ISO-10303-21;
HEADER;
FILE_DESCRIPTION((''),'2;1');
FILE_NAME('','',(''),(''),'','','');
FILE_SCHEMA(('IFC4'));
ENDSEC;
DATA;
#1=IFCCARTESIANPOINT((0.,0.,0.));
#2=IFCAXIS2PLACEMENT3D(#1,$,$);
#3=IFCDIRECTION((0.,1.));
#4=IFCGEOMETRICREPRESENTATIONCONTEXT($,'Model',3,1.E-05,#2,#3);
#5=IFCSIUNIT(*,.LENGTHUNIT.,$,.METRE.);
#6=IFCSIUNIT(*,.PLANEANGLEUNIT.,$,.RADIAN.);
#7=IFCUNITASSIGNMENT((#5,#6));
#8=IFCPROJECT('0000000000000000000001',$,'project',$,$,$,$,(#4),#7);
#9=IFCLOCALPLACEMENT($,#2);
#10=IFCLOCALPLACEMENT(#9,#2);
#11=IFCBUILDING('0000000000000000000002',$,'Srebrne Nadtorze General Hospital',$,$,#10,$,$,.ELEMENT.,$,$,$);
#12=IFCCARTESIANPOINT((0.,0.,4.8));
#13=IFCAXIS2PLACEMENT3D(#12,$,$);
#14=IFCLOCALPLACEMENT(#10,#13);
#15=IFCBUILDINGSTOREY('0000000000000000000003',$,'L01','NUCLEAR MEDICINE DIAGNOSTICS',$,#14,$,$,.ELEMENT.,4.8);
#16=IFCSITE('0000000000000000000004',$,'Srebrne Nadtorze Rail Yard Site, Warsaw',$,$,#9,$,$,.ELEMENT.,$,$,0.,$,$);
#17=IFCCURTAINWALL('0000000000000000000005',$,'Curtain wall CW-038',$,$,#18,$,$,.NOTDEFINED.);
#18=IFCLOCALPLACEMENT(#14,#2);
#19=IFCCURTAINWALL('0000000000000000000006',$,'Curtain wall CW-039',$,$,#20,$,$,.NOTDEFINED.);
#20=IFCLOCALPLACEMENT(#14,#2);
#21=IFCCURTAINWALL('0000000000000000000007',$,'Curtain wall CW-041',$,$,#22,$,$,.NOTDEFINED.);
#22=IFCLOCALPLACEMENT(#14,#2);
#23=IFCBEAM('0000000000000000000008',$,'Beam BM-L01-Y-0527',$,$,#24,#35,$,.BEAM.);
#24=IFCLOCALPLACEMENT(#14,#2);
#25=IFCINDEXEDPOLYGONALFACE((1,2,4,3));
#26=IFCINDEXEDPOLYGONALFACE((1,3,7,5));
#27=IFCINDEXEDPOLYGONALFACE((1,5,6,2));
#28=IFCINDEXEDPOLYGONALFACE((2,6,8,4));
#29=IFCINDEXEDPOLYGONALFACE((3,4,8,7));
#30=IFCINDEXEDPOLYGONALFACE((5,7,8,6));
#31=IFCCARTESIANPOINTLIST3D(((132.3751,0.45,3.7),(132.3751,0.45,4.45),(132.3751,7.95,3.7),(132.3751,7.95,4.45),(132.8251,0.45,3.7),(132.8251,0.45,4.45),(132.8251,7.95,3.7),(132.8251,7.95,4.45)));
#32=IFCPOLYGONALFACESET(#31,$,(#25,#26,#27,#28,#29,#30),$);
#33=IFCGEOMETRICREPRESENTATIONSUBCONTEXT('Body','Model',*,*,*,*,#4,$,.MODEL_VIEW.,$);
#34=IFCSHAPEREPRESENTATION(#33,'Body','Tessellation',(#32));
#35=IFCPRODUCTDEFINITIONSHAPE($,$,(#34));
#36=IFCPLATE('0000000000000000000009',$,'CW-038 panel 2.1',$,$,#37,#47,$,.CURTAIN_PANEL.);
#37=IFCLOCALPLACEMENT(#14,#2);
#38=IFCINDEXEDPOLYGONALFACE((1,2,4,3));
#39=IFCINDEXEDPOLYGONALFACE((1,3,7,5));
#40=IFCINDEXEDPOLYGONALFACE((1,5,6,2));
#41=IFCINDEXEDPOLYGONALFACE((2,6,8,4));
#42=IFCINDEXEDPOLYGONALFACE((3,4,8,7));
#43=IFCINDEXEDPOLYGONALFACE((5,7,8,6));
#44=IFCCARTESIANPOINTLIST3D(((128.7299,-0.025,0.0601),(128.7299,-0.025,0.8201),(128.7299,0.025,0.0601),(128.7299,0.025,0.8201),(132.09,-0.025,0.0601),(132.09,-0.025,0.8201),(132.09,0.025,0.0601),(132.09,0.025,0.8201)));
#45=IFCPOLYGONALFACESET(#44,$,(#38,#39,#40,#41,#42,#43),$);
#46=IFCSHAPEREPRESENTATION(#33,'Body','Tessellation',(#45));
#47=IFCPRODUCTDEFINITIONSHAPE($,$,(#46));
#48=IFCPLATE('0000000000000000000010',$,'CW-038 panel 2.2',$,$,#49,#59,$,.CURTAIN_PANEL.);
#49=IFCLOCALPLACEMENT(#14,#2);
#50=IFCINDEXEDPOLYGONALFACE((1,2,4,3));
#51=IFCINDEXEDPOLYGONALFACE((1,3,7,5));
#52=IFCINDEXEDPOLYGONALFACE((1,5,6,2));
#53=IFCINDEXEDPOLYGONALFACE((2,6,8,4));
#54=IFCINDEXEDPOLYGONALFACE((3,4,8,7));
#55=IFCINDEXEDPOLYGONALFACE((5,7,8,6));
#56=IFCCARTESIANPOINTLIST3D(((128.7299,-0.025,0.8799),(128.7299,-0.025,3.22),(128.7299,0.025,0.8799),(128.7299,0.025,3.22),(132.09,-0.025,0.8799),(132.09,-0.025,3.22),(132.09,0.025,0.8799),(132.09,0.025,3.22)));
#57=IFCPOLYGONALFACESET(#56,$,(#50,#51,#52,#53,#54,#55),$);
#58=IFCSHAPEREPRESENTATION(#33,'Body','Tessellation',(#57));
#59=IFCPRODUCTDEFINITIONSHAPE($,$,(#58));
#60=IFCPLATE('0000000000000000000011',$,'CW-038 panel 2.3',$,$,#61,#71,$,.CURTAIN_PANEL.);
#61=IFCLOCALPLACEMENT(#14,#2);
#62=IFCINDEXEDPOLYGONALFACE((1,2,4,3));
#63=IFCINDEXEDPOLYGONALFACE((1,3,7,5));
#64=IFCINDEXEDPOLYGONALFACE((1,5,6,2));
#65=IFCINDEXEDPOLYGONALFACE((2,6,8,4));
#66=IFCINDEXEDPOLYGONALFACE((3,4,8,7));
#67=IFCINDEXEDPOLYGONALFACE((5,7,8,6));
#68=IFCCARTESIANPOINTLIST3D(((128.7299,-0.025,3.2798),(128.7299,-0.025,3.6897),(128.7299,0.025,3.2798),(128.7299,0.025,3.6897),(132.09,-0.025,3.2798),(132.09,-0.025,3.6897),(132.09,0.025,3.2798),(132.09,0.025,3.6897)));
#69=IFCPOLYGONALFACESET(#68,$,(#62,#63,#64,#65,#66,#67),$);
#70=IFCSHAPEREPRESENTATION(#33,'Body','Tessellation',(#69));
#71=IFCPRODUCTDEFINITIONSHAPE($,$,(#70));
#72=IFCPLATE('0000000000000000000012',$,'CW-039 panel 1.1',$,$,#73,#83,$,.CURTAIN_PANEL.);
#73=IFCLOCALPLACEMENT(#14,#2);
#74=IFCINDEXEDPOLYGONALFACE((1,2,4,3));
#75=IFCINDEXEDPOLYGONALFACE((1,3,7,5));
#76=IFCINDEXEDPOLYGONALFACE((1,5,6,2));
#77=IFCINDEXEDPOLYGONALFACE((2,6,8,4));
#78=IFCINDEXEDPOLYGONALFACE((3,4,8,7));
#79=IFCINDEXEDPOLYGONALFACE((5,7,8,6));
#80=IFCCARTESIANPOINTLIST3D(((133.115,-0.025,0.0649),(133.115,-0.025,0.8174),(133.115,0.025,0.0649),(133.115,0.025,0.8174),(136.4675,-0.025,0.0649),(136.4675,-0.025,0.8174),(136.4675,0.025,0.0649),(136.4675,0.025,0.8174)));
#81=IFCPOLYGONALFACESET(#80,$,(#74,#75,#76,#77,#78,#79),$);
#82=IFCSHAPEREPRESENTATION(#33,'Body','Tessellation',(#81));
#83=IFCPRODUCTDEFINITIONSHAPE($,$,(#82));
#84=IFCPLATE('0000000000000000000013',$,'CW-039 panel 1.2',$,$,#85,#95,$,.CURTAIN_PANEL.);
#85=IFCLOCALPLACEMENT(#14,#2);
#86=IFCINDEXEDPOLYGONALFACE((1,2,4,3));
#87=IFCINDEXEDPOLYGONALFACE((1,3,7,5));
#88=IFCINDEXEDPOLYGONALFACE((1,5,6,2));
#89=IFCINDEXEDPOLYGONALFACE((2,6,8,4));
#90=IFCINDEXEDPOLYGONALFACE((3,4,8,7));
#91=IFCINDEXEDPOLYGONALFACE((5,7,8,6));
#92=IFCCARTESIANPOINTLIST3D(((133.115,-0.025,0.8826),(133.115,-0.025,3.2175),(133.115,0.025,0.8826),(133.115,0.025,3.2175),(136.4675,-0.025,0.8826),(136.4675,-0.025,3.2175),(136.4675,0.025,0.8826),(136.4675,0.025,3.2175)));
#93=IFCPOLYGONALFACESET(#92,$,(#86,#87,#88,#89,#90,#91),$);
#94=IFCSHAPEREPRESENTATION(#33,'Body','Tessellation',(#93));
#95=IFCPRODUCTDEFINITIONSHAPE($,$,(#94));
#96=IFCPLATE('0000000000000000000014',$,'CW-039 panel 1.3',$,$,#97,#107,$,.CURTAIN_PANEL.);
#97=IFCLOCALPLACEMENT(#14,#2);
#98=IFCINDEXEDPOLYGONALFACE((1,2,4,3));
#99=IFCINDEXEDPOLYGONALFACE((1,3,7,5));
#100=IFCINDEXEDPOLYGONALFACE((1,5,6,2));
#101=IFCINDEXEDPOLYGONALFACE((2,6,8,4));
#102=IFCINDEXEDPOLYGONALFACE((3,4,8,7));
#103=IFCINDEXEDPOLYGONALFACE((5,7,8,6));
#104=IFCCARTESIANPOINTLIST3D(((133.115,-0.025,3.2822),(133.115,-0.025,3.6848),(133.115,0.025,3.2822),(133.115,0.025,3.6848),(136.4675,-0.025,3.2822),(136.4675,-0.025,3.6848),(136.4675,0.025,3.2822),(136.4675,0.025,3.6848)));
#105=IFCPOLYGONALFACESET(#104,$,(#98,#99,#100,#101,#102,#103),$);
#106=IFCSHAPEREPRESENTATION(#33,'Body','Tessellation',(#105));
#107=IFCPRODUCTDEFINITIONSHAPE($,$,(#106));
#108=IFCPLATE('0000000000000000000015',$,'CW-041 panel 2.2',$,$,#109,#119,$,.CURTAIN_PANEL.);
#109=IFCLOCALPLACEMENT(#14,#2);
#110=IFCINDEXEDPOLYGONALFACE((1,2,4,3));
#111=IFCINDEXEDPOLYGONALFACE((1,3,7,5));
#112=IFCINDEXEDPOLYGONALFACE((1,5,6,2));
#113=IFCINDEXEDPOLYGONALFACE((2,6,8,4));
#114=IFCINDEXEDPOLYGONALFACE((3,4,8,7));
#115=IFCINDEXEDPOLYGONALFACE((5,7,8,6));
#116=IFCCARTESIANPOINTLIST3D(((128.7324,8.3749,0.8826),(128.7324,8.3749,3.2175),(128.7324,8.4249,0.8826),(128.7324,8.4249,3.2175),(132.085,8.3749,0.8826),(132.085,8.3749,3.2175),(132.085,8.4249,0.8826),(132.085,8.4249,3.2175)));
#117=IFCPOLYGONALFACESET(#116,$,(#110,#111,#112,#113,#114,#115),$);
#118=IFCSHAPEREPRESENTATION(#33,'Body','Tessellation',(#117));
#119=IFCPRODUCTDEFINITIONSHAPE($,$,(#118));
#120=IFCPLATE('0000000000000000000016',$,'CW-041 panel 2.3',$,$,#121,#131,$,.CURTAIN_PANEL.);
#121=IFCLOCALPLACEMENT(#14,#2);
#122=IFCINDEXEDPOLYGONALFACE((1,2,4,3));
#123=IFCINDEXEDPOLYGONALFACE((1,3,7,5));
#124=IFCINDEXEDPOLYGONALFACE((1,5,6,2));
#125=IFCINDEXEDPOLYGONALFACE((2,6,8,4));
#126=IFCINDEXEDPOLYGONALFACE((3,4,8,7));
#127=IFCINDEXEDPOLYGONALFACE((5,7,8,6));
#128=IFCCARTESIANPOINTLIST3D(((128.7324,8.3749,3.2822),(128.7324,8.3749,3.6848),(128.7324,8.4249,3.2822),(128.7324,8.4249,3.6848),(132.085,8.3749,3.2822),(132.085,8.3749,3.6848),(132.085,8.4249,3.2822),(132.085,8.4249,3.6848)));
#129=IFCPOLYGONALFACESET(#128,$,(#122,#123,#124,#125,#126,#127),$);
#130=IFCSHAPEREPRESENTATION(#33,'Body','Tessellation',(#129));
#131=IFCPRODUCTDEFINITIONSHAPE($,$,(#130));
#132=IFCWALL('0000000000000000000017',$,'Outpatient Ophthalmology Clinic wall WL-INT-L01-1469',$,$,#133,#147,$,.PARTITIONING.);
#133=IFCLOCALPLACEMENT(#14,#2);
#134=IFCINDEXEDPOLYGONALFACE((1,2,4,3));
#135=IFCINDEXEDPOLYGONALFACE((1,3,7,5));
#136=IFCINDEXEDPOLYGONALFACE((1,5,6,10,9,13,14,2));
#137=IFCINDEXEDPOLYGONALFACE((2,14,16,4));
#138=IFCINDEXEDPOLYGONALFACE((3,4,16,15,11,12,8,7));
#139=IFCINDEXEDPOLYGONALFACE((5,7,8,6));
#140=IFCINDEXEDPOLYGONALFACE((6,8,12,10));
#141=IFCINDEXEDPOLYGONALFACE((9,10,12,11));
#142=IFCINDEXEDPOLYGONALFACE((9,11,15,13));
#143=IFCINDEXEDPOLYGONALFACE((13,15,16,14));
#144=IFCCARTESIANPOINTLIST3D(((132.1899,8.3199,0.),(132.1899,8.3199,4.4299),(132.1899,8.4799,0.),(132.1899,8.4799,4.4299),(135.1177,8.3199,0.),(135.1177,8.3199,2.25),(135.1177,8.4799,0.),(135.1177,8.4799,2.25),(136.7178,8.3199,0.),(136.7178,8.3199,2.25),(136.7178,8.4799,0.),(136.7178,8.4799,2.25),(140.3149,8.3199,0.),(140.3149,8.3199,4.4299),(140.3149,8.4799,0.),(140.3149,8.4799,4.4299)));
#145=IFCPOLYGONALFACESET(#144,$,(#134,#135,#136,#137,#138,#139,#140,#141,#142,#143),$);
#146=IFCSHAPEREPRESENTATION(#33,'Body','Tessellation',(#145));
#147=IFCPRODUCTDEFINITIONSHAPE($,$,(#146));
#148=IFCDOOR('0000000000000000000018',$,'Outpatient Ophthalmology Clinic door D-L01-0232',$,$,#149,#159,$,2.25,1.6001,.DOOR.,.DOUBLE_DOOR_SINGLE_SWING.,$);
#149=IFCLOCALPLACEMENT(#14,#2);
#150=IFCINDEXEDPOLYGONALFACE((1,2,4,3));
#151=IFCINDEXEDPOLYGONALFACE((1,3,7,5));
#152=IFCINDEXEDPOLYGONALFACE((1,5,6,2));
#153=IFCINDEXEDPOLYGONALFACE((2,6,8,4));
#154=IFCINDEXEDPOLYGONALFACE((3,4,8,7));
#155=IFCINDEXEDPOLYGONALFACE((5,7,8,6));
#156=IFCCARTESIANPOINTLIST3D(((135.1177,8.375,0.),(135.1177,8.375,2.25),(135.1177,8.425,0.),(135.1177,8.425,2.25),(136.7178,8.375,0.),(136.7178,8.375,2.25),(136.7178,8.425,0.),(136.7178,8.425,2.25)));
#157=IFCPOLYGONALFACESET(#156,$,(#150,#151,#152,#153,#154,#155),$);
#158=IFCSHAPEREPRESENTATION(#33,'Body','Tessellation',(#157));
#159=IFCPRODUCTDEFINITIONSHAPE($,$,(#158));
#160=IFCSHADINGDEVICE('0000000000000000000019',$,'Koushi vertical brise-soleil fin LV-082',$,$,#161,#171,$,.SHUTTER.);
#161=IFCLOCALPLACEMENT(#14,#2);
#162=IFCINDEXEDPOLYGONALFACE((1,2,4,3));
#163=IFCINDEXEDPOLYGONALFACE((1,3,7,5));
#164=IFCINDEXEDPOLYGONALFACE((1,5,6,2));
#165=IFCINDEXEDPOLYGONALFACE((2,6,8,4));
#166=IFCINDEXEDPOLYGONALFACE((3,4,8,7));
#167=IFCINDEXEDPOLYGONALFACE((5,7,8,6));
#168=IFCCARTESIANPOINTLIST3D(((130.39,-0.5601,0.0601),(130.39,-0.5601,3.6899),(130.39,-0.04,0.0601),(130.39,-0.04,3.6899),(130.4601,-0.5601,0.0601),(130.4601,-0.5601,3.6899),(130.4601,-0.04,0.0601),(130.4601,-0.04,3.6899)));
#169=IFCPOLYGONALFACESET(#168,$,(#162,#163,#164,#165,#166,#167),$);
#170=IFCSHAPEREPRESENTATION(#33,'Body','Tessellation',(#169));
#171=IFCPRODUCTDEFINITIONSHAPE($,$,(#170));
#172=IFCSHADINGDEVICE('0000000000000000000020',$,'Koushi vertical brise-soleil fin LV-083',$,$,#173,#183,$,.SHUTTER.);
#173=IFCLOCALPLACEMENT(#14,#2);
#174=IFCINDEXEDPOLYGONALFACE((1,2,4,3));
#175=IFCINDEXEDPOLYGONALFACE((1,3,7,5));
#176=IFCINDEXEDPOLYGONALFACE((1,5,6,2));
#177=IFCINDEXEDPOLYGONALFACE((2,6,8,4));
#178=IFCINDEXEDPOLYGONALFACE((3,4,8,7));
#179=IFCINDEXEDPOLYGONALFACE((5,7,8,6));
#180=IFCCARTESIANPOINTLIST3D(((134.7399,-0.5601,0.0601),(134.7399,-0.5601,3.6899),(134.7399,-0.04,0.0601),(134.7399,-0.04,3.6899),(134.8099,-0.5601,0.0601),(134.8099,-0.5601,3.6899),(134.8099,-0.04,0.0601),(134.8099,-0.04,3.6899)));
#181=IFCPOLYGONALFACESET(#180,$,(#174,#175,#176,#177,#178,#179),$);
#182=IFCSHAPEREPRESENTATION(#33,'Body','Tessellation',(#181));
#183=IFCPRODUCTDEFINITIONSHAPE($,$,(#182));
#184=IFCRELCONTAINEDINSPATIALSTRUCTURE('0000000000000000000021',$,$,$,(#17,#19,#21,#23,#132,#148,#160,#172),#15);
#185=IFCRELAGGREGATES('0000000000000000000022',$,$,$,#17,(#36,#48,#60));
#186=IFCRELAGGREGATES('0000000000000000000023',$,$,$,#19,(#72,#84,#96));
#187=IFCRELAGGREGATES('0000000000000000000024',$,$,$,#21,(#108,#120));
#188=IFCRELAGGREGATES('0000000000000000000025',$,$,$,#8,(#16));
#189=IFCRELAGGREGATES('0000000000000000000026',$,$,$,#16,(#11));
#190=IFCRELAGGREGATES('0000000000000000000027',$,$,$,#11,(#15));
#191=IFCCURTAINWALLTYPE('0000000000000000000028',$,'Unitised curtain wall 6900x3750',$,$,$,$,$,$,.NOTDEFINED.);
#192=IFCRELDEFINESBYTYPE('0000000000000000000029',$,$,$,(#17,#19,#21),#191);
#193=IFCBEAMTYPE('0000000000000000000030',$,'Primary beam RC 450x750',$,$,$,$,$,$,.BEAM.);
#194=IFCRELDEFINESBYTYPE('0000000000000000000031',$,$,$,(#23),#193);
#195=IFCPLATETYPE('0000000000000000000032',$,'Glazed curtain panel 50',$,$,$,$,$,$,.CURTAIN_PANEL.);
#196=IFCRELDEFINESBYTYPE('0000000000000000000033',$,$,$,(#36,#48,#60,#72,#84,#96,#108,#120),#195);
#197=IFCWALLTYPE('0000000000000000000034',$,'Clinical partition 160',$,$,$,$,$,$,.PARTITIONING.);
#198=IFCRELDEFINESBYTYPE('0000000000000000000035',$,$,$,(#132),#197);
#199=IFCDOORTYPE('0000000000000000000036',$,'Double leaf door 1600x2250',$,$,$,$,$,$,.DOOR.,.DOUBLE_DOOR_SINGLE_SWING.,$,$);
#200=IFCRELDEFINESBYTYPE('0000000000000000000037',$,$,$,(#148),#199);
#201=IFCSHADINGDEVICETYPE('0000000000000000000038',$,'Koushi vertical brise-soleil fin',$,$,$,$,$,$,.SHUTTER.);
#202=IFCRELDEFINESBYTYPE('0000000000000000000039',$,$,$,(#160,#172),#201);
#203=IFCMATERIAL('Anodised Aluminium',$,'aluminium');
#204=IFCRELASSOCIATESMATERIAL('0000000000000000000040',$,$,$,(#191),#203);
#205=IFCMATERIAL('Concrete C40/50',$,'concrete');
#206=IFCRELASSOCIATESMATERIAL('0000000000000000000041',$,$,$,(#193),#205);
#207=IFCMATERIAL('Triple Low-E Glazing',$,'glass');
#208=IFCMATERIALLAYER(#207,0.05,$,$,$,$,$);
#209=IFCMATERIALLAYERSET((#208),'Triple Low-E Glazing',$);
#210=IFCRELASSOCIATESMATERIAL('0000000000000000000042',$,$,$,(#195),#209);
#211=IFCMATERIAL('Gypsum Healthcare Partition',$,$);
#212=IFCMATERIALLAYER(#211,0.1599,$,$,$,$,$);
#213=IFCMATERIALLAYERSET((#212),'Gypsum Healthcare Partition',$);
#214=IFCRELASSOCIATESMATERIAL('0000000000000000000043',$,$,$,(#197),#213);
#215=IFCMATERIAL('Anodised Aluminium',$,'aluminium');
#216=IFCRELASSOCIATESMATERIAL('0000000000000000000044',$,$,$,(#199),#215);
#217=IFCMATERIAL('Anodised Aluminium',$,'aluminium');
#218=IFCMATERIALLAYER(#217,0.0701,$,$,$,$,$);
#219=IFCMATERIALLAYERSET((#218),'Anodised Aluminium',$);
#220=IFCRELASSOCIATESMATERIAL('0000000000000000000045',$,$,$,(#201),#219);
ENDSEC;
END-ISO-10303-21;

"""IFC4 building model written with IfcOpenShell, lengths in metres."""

from ifc_helpers import new_model, si_unit, direction, frame, frame_2d, origin, origin_2d, place, context, subcontext, project, spatial, rectangle, extrude, material, layer, layer_set, material_profile, profile_set, type_object, element, fill, aggregate, save


model = new_model("IFC4")

# Units and contexts
model_context = context("Model", 3, precision=1e-05, world=origin(), true_north=direction((0.0, 1.0)))
body_context = subcontext(model_context, "Body", "Model", "MODEL_VIEW")
ifc_project = project(units=[si_unit("LENGTHUNIT", "METRE"), si_unit("PLANEANGLEUNIT", "RADIAN")], contexts=[model_context])

# Site, building, storey
site_placement = place(None, origin())
site = spatial("IfcSite", under=ifc_project, at=site_placement, Name="Srebrne Nadtorze Rail Yard Site, Warsaw", CompositionType="ELEMENT", RefElevation=0.0)
building_placement = place(site_placement, origin())
building = spatial("IfcBuilding", under=site, at=building_placement, Name="Srebrne Nadtorze General Hospital", CompositionType="ELEMENT")
storey_placement = place(building_placement, frame((0.0, 0.0, 4.8)))
storey = spatial("IfcBuildingStorey", under=building, at=storey_placement, Name="L01", Description="NUCLEAR MEDICINE DIAGNOSTICS", CompositionType="ELEMENT", Elevation=4.8)

# Curtain walls
ifc_material_1 = material(Name="Anodised Aluminium", Category="aluminium")
curtain_wall_type = type_object("IfcCurtainWallType", Name="Unitised curtain wall 6900x3750", PredefinedType="NOTDEFINED", material=ifc_material_1)
curtain_wall_1_placement = place(storey_placement, origin())
curtain_wall_1 = element("IfcCurtainWall", 1, at=curtain_wall_1_placement, inside=storey, type_object=curtain_wall_type, Name="Curtain wall CW-038", PredefinedType="NOTDEFINED")
curtain_wall_2_placement = place(storey_placement, origin())
curtain_wall_2 = element("IfcCurtainWall", 2, at=curtain_wall_2_placement, inside=storey, type_object=curtain_wall_type, Name="Curtain wall CW-039", PredefinedType="NOTDEFINED")
curtain_wall_3_placement = place(storey_placement, origin())
curtain_wall_3 = element("IfcCurtainWall", 3, at=curtain_wall_3_placement, inside=storey, type_object=curtain_wall_type, Name="Curtain wall CW-041", PredefinedType="NOTDEFINED")

# Beam
ifc_material_2 = material(Name="Concrete C40/50", Category="concrete")
ifc_material_profile_1 = material_profile(ifc_material_2, rectangle(XDim=0.45, YDim=0.75, at=origin_2d()), Name="RC-BM-450x750")
ifc_profile_set_1 = profile_set([ifc_material_profile_1], Name="Concrete C40/50")
beam_type_1 = type_object("IfcBeamType", Name="Primary beam RC 450x750", PredefinedType="BEAM", material=ifc_profile_set_1)
beam_1_placement = place(storey_placement, frame((132.6001, 0.45, 4.075), z_axis=(0.0, 1.0, 0.0), x_axis=(-1.0, 0.0, 0.0)))
element("IfcBeam", 4, at=beam_1_placement, inside=storey, type_object=beam_type_1, Name="Beam BM-L01-Y-0527", PredefinedType="BEAM", context=body_context, shape_type="SweptSolid", body=[
    extrude(rectangle(XDim=0.45, YDim=0.75, at=origin_2d()), origin(), (0.0, 0.0, 1.0), 7.5),
])

# Plates
ifc_material_3 = material(Name="Triple Low-E Glazing", Category="glass")
ifc_layer_1 = layer(ifc_material_3, 0.05)
ifc_layer_set_1 = layer_set([ifc_layer_1], Name="Triple Low-E Glazing")
plate_type = type_object("IfcPlateType", Name="Glazed curtain panel 50", PredefinedType="CURTAIN_PANEL", material=ifc_layer_set_1)
plate_1_placement = place(storey_placement, frame((130.4099, 0.0, 0.0601), z_axis=(0.0, 0.0, 1.0), x_axis=(1.0, 0.0, 0.0)))
plate_1 = element("IfcPlate", 5, at=plate_1_placement, type_object=plate_type, Name="CW-038 panel 2.1", PredefinedType="CURTAIN_PANEL", context=body_context, shape_type="SweptSolid", body=[
    extrude(rectangle(XDim=3.3601, YDim=0.05, at=origin_2d()), origin(), (0.0, 0.0, 1.0), 0.76),
])
plate_2_placement = place(storey_placement, frame((130.4099, 0.0, 0.8799), z_axis=(0.0, 0.0, 1.0), x_axis=(1.0, 0.0, 0.0)))
plate_2 = element("IfcPlate", 6, at=plate_2_placement, type_object=plate_type, Name="CW-038 panel 2.2", PredefinedType="CURTAIN_PANEL", context=body_context, shape_type="SweptSolid", body=[
    extrude(rectangle(XDim=3.3601, YDim=0.05, at=origin_2d()), origin(), (0.0, 0.0, 1.0), 2.3401),
])
plate_3_placement = place(storey_placement, frame((130.4099, 0.0, 3.2798), z_axis=(0.0, 0.0, 1.0), x_axis=(1.0, 0.0, 0.0)))
plate_3 = element("IfcPlate", 7, at=plate_3_placement, type_object=plate_type, Name="CW-038 panel 2.3", PredefinedType="CURTAIN_PANEL", context=body_context, shape_type="SweptSolid", body=[
    extrude(rectangle(XDim=3.3601, YDim=0.05, at=origin_2d()), origin(), (0.0, 0.0, 1.0), 0.4099),
])
aggregate(curtain_wall_1, [plate_1, plate_2, plate_3])
plate_4_placement = place(storey_placement, frame((134.7913, 0.0, 0.0649), z_axis=(0.0, 0.0, 1.0), x_axis=(1.0, 0.0, 0.0)))
plate_4 = element("IfcPlate", 8, at=plate_4_placement, type_object=plate_type, Name="CW-039 panel 1.1", PredefinedType="CURTAIN_PANEL", context=body_context, shape_type="SweptSolid", body=[
    extrude(rectangle(XDim=3.3525, YDim=0.05, at=origin_2d()), origin(), (0.0, 0.0, 1.0), 0.7524),
])
plate_5_placement = place(storey_placement, frame((134.7913, 0.0, 0.8826), z_axis=(0.0, 0.0, 1.0), x_axis=(1.0, 0.0, 0.0)))
plate_5 = element("IfcPlate", 9, at=plate_5_placement, type_object=plate_type, Name="CW-039 panel 1.2", PredefinedType="CURTAIN_PANEL", context=body_context, shape_type="SweptSolid", body=[
    extrude(rectangle(XDim=3.3525, YDim=0.05, at=origin_2d()), origin(), (0.0, 0.0, 1.0), 2.335),
])
plate_6_placement = place(storey_placement, frame((134.7913, 0.0, 3.2822), z_axis=(0.0, 0.0, 1.0), x_axis=(1.0, 0.0, 0.0)))
plate_6 = element("IfcPlate", 10, at=plate_6_placement, type_object=plate_type, Name="CW-039 panel 1.3", PredefinedType="CURTAIN_PANEL", context=body_context, shape_type="SweptSolid", body=[
    extrude(rectangle(XDim=3.3525, YDim=0.05, at=origin_2d()), origin(), (0.0, 0.0, 1.0), 0.4026),
])
aggregate(curtain_wall_2, [plate_4, plate_5, plate_6])
plate_7_placement = place(storey_placement, frame((130.4087, 8.3999, 0.8826), z_axis=(0.0, 0.0, 1.0), x_axis=(1.0, 0.0, 0.0)))
plate_7 = element("IfcPlate", 11, at=plate_7_placement, type_object=plate_type, Name="CW-041 panel 2.2", PredefinedType="CURTAIN_PANEL", context=body_context, shape_type="SweptSolid", body=[
    extrude(rectangle(XDim=3.3525, YDim=0.05, at=origin_2d()), origin(), (0.0, 0.0, 1.0), 2.335),
])
plate_8_placement = place(storey_placement, frame((130.4087, 8.3999, 3.2822), z_axis=(0.0, 0.0, 1.0), x_axis=(1.0, 0.0, 0.0)))
plate_8 = element("IfcPlate", 12, at=plate_8_placement, type_object=plate_type, Name="CW-041 panel 2.3", PredefinedType="CURTAIN_PANEL", context=body_context, shape_type="SweptSolid", body=[
    extrude(rectangle(XDim=3.3525, YDim=0.05, at=origin_2d()), origin(), (0.0, 0.0, 1.0), 0.4026),
])
aggregate(curtain_wall_3, [plate_7, plate_8])

# Wall, opening, door
ifc_material_4 = material(Name="Gypsum Healthcare Partition")
ifc_layer_2 = layer(ifc_material_4, 0.1599)
ifc_layer_set_2 = layer_set([ifc_layer_2], Name="Gypsum Healthcare Partition")
wall_type = type_object("IfcWallType", Name="Clinical partition 160", PredefinedType="PARTITIONING", material=ifc_layer_set_2)
wall_1_placement = place(storey_placement, frame((132.1899, 8.3999, 0.0), z_axis=(0.0, 0.0, 1.0), x_axis=(1.0, 0.0, 0.0)))
wall_1 = element("IfcWall", 13, at=wall_1_placement, inside=storey, type_object=wall_type, Name="Outpatient Ophthalmology Clinic wall WL-INT-L01-1469", PredefinedType="PARTITIONING", context=body_context, shape_type="SweptSolid", body=[
    extrude(rectangle(XDim=8.125, YDim=0.1599, at=frame_2d((4.0625, 0.0))), origin(), (0.0, 0.0, 1.0), 4.4299),
])
opening_placement = place(wall_1_placement, frame((2.9277, 0.0, 0.0)))
opening = element("IfcOpeningElement", 14, at=opening_placement, cuts=wall_1, PredefinedType="OPENING", context=body_context, shape_type="SweptSolid", body=[
    extrude(rectangle(XDim=1.6001, YDim=2.25, at=frame_2d((0.8, 1.125))), frame((0.0, 0.0918, 0.0), z_axis=(0.0, -1.0, 0.0), x_axis=(1.0, 0.0, 0.0)), (0.0, 0.0, 1.0), 0.1838),
])
ifc_material_5 = material(Name="Anodised Aluminium", Category="aluminium")
door_type = type_object("IfcDoorType", Name="Double leaf door 1600x2250", OperationType="DOUBLE_DOOR_SINGLE_SWING", PredefinedType="DOOR", material=ifc_material_5)
door_placement = place(opening_placement, frame((1.6001, 0.0, 0.0), z_axis=(0.0, 0.0, 1.0), x_axis=(-1.0, 0.0, 0.0)))
door = element("IfcDoor", 15, at=door_placement, inside=storey, type_object=door_type, Name="Outpatient Ophthalmology Clinic door D-L01-0232", OperationType="DOUBLE_DOOR_SINGLE_SWING", OverallHeight=2.25, OverallWidth=1.6001, PredefinedType="DOOR", context=body_context, shape_type="SweptSolid", body=[
    extrude(rectangle(XDim=1.6001, YDim=2.25, at=frame_2d((0.8, 1.125))), frame((0.0, 0.0249, 0.0), z_axis=(0.0, -1.0, 0.0), x_axis=(1.0, 0.0, 0.0)), (0.0, 0.0, 1.0), 0.05),
])
fill(opening, door)

# Shading devices
ifc_material_6 = material(Name="Anodised Aluminium", Category="aluminium")
ifc_layer_3 = layer(ifc_material_6, 0.0701)
ifc_layer_set_3 = layer_set([ifc_layer_3], Name="Anodised Aluminium")
shading_device_type = type_object("IfcShadingDeviceType", Name="Koushi vertical brise-soleil fin", PredefinedType="SHUTTER", material=ifc_layer_set_3)
for number, where, z_axis, x_axis, name in (
    (16, (130.425, -0.3, 0.0601), (0.0, 0.0, 1.0), (1.0, 0.0, 0.0), "Koushi vertical brise-soleil fin LV-082"),
    (17, (134.7749, -0.3, 0.0601), (0.0, 0.0, 1.0), (1.0, 0.0, 0.0), "Koushi vertical brise-soleil fin LV-083"),
):
    element("IfcShadingDevice", number, at=place(storey_placement, frame(where, z_axis=z_axis, x_axis=x_axis)), inside=storey, type_object=shading_device_type, Name=name, PredefinedType="SHUTTER", context=body_context, shape_type="SweptSolid", body=[
        extrude(rectangle(XDim=0.0701, YDim=0.52, at=origin_2d()), origin(), (0.0, 0.0, 1.0), 3.6299),
    ])

save(model, "model.ifc")
